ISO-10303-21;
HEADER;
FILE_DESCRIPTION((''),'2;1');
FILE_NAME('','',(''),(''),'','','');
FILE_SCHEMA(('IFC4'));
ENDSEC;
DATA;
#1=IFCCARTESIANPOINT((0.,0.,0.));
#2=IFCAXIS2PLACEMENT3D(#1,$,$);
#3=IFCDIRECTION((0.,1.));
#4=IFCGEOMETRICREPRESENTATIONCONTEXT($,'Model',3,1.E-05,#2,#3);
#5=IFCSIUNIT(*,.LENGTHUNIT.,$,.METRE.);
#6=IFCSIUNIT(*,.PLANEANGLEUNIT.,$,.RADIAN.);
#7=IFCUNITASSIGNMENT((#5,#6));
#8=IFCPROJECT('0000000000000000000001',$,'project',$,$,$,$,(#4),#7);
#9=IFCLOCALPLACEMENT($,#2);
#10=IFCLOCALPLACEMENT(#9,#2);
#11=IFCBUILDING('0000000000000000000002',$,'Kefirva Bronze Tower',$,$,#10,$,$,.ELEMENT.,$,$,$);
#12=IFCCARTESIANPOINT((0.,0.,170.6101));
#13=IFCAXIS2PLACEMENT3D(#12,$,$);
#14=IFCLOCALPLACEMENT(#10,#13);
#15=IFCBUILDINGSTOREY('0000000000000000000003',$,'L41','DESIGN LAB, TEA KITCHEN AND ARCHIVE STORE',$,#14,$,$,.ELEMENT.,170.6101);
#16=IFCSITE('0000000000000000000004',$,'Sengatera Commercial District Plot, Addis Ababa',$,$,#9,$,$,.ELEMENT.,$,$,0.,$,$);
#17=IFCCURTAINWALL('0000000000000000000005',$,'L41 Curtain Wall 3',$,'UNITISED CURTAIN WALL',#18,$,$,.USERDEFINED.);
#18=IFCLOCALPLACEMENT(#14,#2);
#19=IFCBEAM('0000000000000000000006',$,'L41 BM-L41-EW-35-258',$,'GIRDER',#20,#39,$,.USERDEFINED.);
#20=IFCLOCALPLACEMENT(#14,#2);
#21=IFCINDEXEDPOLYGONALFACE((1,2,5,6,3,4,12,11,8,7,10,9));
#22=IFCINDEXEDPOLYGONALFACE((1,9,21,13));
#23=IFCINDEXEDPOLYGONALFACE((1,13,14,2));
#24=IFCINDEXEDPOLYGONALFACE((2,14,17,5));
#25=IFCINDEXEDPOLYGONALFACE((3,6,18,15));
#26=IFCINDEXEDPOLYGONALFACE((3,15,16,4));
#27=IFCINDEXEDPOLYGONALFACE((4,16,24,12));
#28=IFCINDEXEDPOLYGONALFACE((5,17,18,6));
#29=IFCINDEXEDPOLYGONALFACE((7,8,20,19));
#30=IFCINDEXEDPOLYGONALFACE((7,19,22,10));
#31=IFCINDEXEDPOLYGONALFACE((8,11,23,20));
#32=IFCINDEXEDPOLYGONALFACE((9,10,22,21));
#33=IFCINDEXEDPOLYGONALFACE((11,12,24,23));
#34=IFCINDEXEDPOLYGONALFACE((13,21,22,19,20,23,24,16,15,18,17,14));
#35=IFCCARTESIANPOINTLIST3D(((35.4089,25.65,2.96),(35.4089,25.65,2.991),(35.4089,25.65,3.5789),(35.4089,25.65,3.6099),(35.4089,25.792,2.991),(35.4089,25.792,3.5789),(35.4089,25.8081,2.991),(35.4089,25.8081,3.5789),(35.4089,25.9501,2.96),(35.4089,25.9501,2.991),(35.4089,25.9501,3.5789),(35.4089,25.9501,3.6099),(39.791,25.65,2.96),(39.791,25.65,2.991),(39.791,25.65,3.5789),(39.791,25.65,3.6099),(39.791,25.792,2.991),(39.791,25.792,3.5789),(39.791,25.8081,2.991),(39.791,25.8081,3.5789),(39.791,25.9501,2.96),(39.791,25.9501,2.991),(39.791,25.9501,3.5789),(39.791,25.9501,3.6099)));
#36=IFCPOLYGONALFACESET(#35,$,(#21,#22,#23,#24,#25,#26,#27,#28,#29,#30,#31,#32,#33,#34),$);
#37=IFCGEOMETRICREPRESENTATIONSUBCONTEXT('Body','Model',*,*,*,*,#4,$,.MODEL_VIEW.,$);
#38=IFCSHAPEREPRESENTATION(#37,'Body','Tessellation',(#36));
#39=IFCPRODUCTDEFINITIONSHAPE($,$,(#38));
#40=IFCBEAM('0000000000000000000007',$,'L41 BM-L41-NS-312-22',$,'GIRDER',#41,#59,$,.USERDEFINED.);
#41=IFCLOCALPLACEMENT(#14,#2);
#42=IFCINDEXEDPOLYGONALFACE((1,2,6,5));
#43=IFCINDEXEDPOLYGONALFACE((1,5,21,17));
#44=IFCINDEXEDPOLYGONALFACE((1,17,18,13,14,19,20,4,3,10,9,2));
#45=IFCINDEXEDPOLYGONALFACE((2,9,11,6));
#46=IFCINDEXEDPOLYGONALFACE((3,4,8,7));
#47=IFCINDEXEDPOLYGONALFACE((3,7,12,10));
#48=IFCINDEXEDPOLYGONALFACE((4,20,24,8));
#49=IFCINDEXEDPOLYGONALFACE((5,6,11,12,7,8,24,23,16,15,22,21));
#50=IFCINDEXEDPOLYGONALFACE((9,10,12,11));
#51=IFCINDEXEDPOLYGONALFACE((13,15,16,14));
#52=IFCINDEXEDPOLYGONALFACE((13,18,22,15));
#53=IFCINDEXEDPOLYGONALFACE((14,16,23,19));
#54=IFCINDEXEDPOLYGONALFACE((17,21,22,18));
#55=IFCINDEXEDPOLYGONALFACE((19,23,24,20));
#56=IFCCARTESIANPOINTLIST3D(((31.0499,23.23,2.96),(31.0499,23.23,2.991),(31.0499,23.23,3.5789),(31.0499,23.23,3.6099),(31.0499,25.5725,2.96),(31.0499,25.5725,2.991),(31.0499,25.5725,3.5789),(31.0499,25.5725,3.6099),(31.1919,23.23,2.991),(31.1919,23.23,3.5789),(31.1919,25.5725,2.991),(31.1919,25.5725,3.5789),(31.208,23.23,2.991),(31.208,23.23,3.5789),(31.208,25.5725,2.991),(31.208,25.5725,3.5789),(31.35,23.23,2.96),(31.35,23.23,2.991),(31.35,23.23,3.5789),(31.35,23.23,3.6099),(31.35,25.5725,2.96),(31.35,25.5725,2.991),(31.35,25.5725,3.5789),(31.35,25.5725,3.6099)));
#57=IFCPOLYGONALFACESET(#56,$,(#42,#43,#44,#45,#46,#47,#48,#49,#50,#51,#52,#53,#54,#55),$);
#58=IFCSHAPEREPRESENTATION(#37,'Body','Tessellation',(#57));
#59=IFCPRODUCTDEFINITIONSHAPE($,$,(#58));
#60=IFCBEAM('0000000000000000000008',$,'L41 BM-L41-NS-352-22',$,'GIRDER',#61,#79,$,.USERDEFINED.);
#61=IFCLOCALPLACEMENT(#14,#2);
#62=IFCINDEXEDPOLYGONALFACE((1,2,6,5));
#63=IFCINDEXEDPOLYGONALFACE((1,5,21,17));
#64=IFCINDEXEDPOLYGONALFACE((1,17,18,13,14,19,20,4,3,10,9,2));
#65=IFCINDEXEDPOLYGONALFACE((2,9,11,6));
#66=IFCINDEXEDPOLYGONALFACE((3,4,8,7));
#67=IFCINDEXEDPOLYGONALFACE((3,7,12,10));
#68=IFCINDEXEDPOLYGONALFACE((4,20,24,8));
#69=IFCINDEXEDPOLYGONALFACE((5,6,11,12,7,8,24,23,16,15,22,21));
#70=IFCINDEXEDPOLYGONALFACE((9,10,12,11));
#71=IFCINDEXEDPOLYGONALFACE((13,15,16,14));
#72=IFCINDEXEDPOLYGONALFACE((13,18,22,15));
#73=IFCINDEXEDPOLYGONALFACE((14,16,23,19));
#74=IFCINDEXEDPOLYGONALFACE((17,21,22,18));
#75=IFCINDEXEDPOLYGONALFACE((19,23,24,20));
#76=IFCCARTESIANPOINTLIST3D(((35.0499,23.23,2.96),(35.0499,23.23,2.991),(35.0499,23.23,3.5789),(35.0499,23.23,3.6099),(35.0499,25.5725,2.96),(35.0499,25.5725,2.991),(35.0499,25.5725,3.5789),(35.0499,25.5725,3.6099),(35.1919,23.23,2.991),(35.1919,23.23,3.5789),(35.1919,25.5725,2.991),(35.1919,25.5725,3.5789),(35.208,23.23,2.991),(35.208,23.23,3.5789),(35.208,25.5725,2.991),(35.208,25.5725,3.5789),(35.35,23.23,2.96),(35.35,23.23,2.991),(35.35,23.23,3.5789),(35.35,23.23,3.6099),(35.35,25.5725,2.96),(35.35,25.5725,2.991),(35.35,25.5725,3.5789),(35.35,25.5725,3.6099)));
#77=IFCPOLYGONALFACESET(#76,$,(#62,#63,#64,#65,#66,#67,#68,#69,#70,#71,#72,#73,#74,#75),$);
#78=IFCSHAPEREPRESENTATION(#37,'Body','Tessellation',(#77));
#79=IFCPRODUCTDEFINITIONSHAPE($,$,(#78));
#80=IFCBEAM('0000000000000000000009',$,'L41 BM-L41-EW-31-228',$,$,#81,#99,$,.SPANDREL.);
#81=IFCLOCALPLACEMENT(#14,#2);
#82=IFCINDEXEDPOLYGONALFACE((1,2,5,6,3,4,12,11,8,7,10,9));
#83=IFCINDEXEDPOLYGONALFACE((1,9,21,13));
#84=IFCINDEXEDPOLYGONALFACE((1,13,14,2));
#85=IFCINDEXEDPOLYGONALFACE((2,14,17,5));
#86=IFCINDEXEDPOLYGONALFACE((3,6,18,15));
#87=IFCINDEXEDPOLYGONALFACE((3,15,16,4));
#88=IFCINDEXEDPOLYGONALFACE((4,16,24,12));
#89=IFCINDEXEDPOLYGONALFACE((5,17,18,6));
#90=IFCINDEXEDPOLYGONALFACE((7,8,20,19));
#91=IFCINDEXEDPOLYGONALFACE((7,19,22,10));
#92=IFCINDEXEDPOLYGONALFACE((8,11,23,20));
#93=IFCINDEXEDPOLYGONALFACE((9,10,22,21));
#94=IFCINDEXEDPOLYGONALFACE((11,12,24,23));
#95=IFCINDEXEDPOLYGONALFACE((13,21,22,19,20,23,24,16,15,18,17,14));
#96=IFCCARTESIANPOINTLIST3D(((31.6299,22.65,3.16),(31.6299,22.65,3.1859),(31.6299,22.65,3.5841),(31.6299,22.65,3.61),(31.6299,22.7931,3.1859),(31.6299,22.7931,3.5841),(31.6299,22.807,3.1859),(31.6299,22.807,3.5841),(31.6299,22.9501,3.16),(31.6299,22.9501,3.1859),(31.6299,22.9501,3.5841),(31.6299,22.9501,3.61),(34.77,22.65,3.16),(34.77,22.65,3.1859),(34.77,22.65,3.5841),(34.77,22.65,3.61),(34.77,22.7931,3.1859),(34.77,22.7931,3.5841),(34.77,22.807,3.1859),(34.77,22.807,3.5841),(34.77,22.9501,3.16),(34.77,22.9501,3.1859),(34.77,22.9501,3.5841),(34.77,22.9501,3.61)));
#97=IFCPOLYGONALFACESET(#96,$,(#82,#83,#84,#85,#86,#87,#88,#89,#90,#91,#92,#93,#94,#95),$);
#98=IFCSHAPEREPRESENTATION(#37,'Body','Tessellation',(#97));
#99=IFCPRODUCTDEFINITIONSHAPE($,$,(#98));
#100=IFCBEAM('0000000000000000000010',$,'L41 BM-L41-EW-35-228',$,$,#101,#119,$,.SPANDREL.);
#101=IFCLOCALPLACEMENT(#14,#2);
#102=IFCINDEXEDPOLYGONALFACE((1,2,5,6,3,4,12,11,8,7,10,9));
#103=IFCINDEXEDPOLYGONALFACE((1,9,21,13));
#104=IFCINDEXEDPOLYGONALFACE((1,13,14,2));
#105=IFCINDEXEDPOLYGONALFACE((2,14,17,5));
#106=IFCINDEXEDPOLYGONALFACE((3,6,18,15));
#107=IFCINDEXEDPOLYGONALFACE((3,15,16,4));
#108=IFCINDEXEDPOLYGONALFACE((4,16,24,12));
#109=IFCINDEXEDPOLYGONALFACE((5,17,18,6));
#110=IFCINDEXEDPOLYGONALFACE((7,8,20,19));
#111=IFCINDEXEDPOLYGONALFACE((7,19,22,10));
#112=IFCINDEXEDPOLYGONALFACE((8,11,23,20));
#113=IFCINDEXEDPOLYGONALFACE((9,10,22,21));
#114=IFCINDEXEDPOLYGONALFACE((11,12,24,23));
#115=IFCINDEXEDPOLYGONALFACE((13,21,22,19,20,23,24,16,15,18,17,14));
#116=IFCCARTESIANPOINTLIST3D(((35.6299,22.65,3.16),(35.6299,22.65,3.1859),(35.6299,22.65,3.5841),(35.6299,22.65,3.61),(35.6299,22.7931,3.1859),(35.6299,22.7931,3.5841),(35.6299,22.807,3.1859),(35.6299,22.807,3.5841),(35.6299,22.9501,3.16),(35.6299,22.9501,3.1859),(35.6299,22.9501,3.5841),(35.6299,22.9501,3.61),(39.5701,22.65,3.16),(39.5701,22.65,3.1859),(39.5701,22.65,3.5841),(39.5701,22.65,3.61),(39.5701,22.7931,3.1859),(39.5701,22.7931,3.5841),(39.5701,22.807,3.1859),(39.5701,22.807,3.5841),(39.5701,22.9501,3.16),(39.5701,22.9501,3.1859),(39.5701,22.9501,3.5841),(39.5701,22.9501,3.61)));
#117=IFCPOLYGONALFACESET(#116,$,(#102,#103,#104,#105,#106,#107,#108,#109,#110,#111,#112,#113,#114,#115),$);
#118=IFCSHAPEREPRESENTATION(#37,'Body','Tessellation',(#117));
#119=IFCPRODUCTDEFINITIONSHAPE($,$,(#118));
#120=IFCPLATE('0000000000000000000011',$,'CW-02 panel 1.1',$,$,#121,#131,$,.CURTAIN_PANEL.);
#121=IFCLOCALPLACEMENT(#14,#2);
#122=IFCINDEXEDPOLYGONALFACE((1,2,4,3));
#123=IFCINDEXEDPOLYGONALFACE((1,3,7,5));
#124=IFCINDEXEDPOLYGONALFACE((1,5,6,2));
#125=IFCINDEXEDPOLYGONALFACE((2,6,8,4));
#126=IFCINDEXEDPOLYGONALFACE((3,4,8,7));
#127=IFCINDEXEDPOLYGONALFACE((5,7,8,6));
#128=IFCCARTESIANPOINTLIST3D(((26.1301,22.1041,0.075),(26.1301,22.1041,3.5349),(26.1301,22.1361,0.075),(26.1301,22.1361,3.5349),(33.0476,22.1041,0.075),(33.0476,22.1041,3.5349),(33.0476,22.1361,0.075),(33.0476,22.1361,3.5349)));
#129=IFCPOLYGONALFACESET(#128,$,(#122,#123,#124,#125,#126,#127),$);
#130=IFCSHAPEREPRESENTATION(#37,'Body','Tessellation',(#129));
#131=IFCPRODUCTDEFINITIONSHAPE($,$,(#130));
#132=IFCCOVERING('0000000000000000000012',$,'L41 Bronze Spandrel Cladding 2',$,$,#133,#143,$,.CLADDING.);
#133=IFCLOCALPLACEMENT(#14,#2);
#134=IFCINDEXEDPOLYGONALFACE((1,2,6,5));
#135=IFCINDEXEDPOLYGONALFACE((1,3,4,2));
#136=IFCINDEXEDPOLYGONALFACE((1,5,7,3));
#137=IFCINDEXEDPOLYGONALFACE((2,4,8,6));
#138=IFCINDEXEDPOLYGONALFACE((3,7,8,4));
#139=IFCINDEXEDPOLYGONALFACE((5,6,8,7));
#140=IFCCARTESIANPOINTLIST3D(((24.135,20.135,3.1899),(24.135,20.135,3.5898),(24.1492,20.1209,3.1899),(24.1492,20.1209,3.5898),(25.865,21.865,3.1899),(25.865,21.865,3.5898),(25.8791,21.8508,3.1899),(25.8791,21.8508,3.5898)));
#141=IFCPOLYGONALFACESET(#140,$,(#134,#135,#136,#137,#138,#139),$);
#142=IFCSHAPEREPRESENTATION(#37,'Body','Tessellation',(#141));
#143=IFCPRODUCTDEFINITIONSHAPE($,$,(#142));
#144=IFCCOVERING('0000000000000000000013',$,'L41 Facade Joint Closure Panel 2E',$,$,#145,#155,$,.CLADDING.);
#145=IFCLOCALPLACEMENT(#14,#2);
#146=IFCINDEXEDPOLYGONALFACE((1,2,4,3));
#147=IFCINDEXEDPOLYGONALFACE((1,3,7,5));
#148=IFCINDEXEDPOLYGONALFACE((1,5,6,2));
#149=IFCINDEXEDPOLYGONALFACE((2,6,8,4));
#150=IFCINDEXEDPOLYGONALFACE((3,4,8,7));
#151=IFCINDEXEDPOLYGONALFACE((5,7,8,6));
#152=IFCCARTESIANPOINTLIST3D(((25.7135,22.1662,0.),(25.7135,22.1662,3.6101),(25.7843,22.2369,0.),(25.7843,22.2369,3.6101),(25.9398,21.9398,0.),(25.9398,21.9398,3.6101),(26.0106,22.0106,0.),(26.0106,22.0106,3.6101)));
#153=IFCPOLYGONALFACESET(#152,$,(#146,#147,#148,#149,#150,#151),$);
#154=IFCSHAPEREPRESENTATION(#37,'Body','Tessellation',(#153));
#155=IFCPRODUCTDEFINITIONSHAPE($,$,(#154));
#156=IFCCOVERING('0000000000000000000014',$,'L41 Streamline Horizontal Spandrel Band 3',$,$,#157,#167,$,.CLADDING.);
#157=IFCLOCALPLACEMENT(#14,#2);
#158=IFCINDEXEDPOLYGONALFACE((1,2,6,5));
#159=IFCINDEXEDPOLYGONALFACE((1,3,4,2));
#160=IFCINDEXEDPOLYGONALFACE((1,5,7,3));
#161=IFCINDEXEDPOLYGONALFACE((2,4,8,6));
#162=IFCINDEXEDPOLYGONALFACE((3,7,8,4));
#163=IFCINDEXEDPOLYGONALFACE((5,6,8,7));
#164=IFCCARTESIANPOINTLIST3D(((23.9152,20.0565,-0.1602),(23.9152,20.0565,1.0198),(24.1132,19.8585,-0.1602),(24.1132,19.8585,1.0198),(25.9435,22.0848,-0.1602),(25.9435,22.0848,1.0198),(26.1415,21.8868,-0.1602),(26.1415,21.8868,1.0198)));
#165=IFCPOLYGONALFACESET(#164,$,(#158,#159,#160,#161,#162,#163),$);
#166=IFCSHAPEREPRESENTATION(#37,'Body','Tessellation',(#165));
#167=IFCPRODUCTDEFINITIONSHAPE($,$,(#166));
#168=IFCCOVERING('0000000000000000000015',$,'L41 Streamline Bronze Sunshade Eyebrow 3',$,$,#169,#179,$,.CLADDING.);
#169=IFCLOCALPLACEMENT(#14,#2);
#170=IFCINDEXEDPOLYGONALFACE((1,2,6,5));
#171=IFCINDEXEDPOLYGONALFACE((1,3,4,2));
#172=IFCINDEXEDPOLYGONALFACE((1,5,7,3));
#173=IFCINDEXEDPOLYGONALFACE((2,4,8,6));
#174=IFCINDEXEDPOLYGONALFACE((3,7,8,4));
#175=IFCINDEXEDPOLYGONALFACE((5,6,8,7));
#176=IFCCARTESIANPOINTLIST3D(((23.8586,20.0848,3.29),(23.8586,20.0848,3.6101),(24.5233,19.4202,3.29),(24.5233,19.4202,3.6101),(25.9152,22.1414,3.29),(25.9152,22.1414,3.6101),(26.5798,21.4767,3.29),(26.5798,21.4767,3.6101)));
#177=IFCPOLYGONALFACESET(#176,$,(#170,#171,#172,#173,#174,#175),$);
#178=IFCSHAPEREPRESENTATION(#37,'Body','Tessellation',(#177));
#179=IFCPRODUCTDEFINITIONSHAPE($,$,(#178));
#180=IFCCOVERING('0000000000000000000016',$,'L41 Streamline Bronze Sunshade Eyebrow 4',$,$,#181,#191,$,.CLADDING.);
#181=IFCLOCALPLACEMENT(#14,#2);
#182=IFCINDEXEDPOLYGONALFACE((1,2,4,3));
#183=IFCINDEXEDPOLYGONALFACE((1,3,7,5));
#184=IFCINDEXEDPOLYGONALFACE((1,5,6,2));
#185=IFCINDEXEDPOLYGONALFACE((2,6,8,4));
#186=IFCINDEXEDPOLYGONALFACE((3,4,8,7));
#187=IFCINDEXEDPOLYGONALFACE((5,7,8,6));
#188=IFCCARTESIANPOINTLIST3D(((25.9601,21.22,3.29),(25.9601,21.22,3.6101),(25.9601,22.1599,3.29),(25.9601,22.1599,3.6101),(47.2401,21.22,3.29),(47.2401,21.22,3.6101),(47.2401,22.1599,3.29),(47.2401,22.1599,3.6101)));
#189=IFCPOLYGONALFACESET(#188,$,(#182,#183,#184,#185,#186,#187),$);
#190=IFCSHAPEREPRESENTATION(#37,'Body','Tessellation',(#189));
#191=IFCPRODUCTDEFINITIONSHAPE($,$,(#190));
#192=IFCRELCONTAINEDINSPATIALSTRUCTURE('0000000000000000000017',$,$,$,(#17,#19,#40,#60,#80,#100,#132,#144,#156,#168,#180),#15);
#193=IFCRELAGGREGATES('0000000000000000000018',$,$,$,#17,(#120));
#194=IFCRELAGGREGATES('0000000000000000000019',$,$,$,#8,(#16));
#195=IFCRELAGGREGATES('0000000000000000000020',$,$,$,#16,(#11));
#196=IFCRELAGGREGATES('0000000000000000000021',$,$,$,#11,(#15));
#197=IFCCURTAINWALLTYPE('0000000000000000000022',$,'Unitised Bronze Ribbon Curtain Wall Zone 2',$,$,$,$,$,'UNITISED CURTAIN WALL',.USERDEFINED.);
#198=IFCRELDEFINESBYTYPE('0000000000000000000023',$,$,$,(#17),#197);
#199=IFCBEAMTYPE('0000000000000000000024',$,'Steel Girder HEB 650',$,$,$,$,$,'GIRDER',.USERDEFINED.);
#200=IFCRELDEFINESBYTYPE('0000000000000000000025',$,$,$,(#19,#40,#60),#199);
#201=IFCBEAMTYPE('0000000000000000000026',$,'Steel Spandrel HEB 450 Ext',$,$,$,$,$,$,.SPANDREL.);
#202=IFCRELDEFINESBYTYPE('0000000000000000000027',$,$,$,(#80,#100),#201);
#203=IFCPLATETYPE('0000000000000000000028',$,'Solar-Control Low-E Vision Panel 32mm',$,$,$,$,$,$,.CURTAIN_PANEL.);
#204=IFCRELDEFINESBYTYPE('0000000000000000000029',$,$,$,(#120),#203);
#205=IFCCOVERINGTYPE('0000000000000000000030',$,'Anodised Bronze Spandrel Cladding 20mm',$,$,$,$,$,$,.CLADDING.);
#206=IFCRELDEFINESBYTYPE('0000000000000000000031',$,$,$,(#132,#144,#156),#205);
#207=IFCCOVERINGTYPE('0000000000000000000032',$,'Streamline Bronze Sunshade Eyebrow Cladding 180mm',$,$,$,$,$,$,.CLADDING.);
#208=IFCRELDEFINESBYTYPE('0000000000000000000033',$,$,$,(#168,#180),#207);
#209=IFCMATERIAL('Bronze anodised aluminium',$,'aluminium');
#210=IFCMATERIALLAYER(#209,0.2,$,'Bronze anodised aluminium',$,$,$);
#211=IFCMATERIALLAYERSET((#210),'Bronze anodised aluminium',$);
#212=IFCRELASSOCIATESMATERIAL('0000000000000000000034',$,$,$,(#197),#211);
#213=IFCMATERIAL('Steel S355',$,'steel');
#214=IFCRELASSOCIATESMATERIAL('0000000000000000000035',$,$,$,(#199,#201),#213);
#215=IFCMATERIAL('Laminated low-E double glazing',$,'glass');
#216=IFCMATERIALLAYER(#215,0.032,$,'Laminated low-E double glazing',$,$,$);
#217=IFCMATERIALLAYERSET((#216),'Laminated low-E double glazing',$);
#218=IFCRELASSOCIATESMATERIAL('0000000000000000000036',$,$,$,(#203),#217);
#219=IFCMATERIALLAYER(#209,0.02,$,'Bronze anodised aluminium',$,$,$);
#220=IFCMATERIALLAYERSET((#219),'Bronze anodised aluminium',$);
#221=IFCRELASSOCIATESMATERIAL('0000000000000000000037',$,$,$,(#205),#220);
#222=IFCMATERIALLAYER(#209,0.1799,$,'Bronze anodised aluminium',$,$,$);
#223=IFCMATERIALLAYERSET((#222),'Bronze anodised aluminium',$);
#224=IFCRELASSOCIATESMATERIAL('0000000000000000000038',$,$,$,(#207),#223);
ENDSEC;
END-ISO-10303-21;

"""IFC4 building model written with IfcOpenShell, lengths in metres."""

from ifc_helpers import new_model, si_unit, direction, frame, origin, origin_2d, place, context, subcontext, project, spatial, rectangle, i_section, extrude, material, layer, layer_set, material_profile, profile_set, type_object, element, aggregate, save


model = new_model("IFC4")

# Units and contexts
model_context = context("Model", 3, precision=1e-05, world=origin(), true_north=direction((0.0, 1.0)))
body_context = subcontext(model_context, "Body", "Model", "MODEL_VIEW")
ifc_project = project(units=[si_unit("LENGTHUNIT", "METRE"), si_unit("PLANEANGLEUNIT", "RADIAN")], contexts=[model_context])

# Site, building, storey
site_placement = place(None, origin())
site = spatial("IfcSite", under=ifc_project, at=site_placement, Name="Sengatera Commercial District Plot, Addis Ababa", CompositionType="ELEMENT", RefElevation=0.0)
building_placement = place(site_placement, origin())
building = spatial("IfcBuilding", under=site, at=building_placement, Name="Kefirva Bronze Tower", CompositionType="ELEMENT")
storey_placement = place(building_placement, frame((0.0, 0.0, 170.6101)))
storey = spatial("IfcBuildingStorey", under=building, at=storey_placement, Name="L41", Description="DESIGN LAB, TEA KITCHEN AND ARCHIVE STORE", CompositionType="ELEMENT", Elevation=170.6101)

# Curtain wall
ifc_material_1 = material(Name="Bronze anodised aluminium", Category="aluminium")
ifc_layer_1 = layer(ifc_material_1, 0.2, Name="Bronze anodised aluminium")
ifc_layer_set_1 = layer_set([ifc_layer_1], Name="Bronze anodised aluminium")
curtain_wall_type = type_object("IfcCurtainWallType", Name="Unitised Bronze Ribbon Curtain Wall Zone 2", ElementType="UNITISED CURTAIN WALL", PredefinedType="USERDEFINED", material=ifc_layer_set_1)
curtain_wall_placement = place(storey_placement, origin())
curtain_wall = element("IfcCurtainWall", 1, at=curtain_wall_placement, inside=storey, type_object=curtain_wall_type, Name="L41 Curtain Wall 3", ObjectType="UNITISED CURTAIN WALL", PredefinedType="USERDEFINED")

# Beams
ifc_material_2 = material(Name="Steel S355", Category="steel")
ifc_material_profile_1 = material_profile(ifc_material_2, i_section(OverallWidth=0.3, OverallDepth=0.6499, WebThickness=0.0161, FlangeThickness=0.031, at=origin_2d()), Name="HEB 650")
ifc_profile_set_1 = profile_set([ifc_material_profile_1], Name="Steel S355")
beam_type_1 = type_object("IfcBeamType", Name="Steel Girder HEB 650", ElementType="GIRDER", PredefinedType="USERDEFINED", material=ifc_profile_set_1)
beam_1_placement = place(storey_placement, frame((35.4089, 25.8, 3.2849), z_axis=(1.0, 0.0, 0.0), x_axis=(0.0, 1.0, 0.0)))
element("IfcBeam", 2, at=beam_1_placement, inside=storey, type_object=beam_type_1, Name="L41 BM-L41-EW-35-258", ObjectType="GIRDER", PredefinedType="USERDEFINED", context=body_context, shape_type="SweptSolid", body=[
    extrude(i_section(OverallWidth=0.3, OverallDepth=0.6499, WebThickness=0.0161, FlangeThickness=0.031, at=origin_2d()), origin(), (0.0, 0.0, 1.0), 4.3821),
])
for number, where, z_axis, x_axis, name in (
    (3, (31.2, 23.23, 3.2849), (0.0, 1.0, 0.0), (-1.0, 0.0, 0.0), "L41 BM-L41-NS-312-22"),
    (4, (35.2, 23.23, 3.2849), (0.0, 1.0, 0.0), (-1.0, 0.0, 0.0), "L41 BM-L41-NS-352-22"),
):
    element("IfcBeam", number, at=place(storey_placement, frame(where, z_axis=z_axis, x_axis=x_axis)), inside=storey, type_object=beam_type_1, Name=name, ObjectType="GIRDER", PredefinedType="USERDEFINED", context=body_context, shape_type="SweptSolid", body=[
        extrude(i_section(OverallWidth=0.3, OverallDepth=0.6499, WebThickness=0.0161, FlangeThickness=0.031, at=origin_2d()), origin(), (0.0, 0.0, 1.0), 2.3425),
    ])
ifc_material_profile_2 = material_profile(ifc_material_2, i_section(OverallWidth=0.3, OverallDepth=0.45, WebThickness=0.0139, FlangeThickness=0.0259, at=origin_2d()), Name="HEB 450")
ifc_profile_set_2 = profile_set([ifc_material_profile_2], Name="Steel S355")
beam_type_2 = type_object("IfcBeamType", Name="Steel Spandrel HEB 450 Ext", PredefinedType="SPANDREL", material=ifc_profile_set_2)
beam_2_placement = place(storey_placement, frame((31.6299, 22.8, 3.385), z_axis=(1.0, 0.0, 0.0), x_axis=(0.0, 1.0, 0.0)))
element("IfcBeam", 5, at=beam_2_placement, inside=storey, type_object=beam_type_2, Name="L41 BM-L41-EW-31-228", PredefinedType="SPANDREL", context=body_context, shape_type="SweptSolid", body=[
    extrude(i_section(OverallWidth=0.3, OverallDepth=0.45, WebThickness=0.0139, FlangeThickness=0.0259, at=origin_2d()), origin(), (0.0, 0.0, 1.0), 3.1401),
])
beam_3_placement = place(storey_placement, frame((35.6299, 22.8, 3.385), z_axis=(1.0, 0.0, 0.0), x_axis=(0.0, 1.0, 0.0)))
element("IfcBeam", 6, at=beam_3_placement, inside=storey, type_object=beam_type_2, Name="L41 BM-L41-EW-35-228", PredefinedType="SPANDREL", context=body_context, shape_type="SweptSolid", body=[
    extrude(i_section(OverallWidth=0.3, OverallDepth=0.45, WebThickness=0.0139, FlangeThickness=0.0259, at=origin_2d()), origin(), (0.0, 0.0, 1.0), 3.9402),
])

# Plate
ifc_material_3 = material(Name="Laminated low-E double glazing", Category="glass")
ifc_layer_2 = layer(ifc_material_3, 0.032, Name="Laminated low-E double glazing")
ifc_layer_set_2 = layer_set([ifc_layer_2], Name="Laminated low-E double glazing")
plate_type = type_object("IfcPlateType", Name="Solar-Control Low-E Vision Panel 32mm", PredefinedType="CURTAIN_PANEL", material=ifc_layer_set_2)
plate_placement = place(storey_placement, frame((29.5889, 22.1201, 0.075), z_axis=(0.0, 0.0, 1.0), x_axis=(1.0, 0.0, 0.0)))
plate = element("IfcPlate", 7, at=plate_placement, type_object=plate_type, Name="CW-02 panel 1.1", PredefinedType="CURTAIN_PANEL", context=body_context, shape_type="SweptSolid", body=[
    extrude(rectangle(XDim=6.9175, YDim=0.032, at=origin_2d()), origin(), (0.0, 0.0, 1.0), 3.46),
])
aggregate(curtain_wall, [plate])

# Coverings
ifc_layer_3 = layer(ifc_material_1, 0.02, Name="Bronze anodised aluminium")
ifc_layer_set_3 = layer_set([ifc_layer_3], Name="Bronze anodised aluminium")
covering_type_1 = type_object("IfcCoveringType", Name="Anodised Bronze Spandrel Cladding 20mm", PredefinedType="CLADDING", material=ifc_layer_set_3)
covering_1_placement = place(storey_placement, frame((25.0071, 20.9929, 3.1899), z_axis=(0.0, 0.0, 1.0), x_axis=(0.707107, 0.707107, 0.0)))
element("IfcCovering", 8, at=covering_1_placement, inside=storey, type_object=covering_type_1, Name="L41 Bronze Spandrel Cladding 2", PredefinedType="CLADDING", context=body_context, shape_type="SweptSolid", body=[
    extrude(rectangle(XDim=2.4465, YDim=0.02, at=origin_2d()), origin(), (0.0, 0.0, 1.0), 0.3999),
])
covering_2_placement = place(storey_placement, frame((25.8621, 22.0884, 0.0), z_axis=(0.0, 0.0, 1.0), x_axis=(0.707107, 0.707107, 0.0)))
element("IfcCovering", 9, at=covering_2_placement, inside=storey, type_object=covering_type_1, Name="L41 Facade Joint Closure Panel 2E", PredefinedType="CLADDING", context=body_context, shape_type="SweptSolid", body=[
    extrude(rectangle(XDim=0.1001, YDim=0.3201, at=origin_2d()), origin(), (0.0, 0.0, 1.0), 3.6101),
])
covering_3_placement = place(storey_placement, frame((25.0283, 20.9717, -0.1602), z_axis=(0.0, 0.0, 1.0), x_axis=(0.707107, 0.707107, 0.0)))
element("IfcCovering", 10, at=covering_3_placement, inside=storey, type_object=covering_type_1, Name="L41 Streamline Horizontal Spandrel Band 3", PredefinedType="CLADDING", context=body_context, shape_type="SweptSolid", body=[
    extrude(rectangle(XDim=2.8684, YDim=0.28, at=origin_2d()), origin(), (0.0, 0.0, 1.0), 1.1799),
])
ifc_layer_4 = layer(ifc_material_1, 0.1799, Name="Bronze anodised aluminium")
ifc_layer_set_4 = layer_set([ifc_layer_4], Name="Bronze anodised aluminium")
covering_type_2 = type_object("IfcCoveringType", Name="Streamline Bronze Sunshade Eyebrow Cladding 180mm", PredefinedType="CLADDING", material=ifc_layer_set_4)
covering_4_placement = place(storey_placement, frame((25.2192, 20.7808, 3.29), z_axis=(0.0, 0.0, 1.0), x_axis=(0.707107, 0.707107, 0.0)))
element("IfcCovering", 11, at=covering_4_placement, inside=storey, type_object=covering_type_2, Name="L41 Streamline Bronze Sunshade Eyebrow 3", PredefinedType="CLADDING", context=body_context, shape_type="SweptSolid", body=[
    extrude(rectangle(XDim=2.9084, YDim=0.9399, at=origin_2d()), origin(), (0.0, 0.0, 1.0), 0.3201),
])
covering_5_placement = place(storey_placement, frame((36.6001, 21.6899, 3.29), z_axis=(0.0, 0.0, 1.0), x_axis=(1.0, 0.0, 0.0)))
element("IfcCovering", 12, at=covering_5_placement, inside=storey, type_object=covering_type_2, Name="L41 Streamline Bronze Sunshade Eyebrow 4", PredefinedType="CLADDING", context=body_context, shape_type="SweptSolid", body=[
    extrude(rectangle(XDim=21.28, YDim=0.9399, at=origin_2d()), origin(), (0.0, 0.0, 1.0), 0.3201),
])

save(model, "model.ifc")
